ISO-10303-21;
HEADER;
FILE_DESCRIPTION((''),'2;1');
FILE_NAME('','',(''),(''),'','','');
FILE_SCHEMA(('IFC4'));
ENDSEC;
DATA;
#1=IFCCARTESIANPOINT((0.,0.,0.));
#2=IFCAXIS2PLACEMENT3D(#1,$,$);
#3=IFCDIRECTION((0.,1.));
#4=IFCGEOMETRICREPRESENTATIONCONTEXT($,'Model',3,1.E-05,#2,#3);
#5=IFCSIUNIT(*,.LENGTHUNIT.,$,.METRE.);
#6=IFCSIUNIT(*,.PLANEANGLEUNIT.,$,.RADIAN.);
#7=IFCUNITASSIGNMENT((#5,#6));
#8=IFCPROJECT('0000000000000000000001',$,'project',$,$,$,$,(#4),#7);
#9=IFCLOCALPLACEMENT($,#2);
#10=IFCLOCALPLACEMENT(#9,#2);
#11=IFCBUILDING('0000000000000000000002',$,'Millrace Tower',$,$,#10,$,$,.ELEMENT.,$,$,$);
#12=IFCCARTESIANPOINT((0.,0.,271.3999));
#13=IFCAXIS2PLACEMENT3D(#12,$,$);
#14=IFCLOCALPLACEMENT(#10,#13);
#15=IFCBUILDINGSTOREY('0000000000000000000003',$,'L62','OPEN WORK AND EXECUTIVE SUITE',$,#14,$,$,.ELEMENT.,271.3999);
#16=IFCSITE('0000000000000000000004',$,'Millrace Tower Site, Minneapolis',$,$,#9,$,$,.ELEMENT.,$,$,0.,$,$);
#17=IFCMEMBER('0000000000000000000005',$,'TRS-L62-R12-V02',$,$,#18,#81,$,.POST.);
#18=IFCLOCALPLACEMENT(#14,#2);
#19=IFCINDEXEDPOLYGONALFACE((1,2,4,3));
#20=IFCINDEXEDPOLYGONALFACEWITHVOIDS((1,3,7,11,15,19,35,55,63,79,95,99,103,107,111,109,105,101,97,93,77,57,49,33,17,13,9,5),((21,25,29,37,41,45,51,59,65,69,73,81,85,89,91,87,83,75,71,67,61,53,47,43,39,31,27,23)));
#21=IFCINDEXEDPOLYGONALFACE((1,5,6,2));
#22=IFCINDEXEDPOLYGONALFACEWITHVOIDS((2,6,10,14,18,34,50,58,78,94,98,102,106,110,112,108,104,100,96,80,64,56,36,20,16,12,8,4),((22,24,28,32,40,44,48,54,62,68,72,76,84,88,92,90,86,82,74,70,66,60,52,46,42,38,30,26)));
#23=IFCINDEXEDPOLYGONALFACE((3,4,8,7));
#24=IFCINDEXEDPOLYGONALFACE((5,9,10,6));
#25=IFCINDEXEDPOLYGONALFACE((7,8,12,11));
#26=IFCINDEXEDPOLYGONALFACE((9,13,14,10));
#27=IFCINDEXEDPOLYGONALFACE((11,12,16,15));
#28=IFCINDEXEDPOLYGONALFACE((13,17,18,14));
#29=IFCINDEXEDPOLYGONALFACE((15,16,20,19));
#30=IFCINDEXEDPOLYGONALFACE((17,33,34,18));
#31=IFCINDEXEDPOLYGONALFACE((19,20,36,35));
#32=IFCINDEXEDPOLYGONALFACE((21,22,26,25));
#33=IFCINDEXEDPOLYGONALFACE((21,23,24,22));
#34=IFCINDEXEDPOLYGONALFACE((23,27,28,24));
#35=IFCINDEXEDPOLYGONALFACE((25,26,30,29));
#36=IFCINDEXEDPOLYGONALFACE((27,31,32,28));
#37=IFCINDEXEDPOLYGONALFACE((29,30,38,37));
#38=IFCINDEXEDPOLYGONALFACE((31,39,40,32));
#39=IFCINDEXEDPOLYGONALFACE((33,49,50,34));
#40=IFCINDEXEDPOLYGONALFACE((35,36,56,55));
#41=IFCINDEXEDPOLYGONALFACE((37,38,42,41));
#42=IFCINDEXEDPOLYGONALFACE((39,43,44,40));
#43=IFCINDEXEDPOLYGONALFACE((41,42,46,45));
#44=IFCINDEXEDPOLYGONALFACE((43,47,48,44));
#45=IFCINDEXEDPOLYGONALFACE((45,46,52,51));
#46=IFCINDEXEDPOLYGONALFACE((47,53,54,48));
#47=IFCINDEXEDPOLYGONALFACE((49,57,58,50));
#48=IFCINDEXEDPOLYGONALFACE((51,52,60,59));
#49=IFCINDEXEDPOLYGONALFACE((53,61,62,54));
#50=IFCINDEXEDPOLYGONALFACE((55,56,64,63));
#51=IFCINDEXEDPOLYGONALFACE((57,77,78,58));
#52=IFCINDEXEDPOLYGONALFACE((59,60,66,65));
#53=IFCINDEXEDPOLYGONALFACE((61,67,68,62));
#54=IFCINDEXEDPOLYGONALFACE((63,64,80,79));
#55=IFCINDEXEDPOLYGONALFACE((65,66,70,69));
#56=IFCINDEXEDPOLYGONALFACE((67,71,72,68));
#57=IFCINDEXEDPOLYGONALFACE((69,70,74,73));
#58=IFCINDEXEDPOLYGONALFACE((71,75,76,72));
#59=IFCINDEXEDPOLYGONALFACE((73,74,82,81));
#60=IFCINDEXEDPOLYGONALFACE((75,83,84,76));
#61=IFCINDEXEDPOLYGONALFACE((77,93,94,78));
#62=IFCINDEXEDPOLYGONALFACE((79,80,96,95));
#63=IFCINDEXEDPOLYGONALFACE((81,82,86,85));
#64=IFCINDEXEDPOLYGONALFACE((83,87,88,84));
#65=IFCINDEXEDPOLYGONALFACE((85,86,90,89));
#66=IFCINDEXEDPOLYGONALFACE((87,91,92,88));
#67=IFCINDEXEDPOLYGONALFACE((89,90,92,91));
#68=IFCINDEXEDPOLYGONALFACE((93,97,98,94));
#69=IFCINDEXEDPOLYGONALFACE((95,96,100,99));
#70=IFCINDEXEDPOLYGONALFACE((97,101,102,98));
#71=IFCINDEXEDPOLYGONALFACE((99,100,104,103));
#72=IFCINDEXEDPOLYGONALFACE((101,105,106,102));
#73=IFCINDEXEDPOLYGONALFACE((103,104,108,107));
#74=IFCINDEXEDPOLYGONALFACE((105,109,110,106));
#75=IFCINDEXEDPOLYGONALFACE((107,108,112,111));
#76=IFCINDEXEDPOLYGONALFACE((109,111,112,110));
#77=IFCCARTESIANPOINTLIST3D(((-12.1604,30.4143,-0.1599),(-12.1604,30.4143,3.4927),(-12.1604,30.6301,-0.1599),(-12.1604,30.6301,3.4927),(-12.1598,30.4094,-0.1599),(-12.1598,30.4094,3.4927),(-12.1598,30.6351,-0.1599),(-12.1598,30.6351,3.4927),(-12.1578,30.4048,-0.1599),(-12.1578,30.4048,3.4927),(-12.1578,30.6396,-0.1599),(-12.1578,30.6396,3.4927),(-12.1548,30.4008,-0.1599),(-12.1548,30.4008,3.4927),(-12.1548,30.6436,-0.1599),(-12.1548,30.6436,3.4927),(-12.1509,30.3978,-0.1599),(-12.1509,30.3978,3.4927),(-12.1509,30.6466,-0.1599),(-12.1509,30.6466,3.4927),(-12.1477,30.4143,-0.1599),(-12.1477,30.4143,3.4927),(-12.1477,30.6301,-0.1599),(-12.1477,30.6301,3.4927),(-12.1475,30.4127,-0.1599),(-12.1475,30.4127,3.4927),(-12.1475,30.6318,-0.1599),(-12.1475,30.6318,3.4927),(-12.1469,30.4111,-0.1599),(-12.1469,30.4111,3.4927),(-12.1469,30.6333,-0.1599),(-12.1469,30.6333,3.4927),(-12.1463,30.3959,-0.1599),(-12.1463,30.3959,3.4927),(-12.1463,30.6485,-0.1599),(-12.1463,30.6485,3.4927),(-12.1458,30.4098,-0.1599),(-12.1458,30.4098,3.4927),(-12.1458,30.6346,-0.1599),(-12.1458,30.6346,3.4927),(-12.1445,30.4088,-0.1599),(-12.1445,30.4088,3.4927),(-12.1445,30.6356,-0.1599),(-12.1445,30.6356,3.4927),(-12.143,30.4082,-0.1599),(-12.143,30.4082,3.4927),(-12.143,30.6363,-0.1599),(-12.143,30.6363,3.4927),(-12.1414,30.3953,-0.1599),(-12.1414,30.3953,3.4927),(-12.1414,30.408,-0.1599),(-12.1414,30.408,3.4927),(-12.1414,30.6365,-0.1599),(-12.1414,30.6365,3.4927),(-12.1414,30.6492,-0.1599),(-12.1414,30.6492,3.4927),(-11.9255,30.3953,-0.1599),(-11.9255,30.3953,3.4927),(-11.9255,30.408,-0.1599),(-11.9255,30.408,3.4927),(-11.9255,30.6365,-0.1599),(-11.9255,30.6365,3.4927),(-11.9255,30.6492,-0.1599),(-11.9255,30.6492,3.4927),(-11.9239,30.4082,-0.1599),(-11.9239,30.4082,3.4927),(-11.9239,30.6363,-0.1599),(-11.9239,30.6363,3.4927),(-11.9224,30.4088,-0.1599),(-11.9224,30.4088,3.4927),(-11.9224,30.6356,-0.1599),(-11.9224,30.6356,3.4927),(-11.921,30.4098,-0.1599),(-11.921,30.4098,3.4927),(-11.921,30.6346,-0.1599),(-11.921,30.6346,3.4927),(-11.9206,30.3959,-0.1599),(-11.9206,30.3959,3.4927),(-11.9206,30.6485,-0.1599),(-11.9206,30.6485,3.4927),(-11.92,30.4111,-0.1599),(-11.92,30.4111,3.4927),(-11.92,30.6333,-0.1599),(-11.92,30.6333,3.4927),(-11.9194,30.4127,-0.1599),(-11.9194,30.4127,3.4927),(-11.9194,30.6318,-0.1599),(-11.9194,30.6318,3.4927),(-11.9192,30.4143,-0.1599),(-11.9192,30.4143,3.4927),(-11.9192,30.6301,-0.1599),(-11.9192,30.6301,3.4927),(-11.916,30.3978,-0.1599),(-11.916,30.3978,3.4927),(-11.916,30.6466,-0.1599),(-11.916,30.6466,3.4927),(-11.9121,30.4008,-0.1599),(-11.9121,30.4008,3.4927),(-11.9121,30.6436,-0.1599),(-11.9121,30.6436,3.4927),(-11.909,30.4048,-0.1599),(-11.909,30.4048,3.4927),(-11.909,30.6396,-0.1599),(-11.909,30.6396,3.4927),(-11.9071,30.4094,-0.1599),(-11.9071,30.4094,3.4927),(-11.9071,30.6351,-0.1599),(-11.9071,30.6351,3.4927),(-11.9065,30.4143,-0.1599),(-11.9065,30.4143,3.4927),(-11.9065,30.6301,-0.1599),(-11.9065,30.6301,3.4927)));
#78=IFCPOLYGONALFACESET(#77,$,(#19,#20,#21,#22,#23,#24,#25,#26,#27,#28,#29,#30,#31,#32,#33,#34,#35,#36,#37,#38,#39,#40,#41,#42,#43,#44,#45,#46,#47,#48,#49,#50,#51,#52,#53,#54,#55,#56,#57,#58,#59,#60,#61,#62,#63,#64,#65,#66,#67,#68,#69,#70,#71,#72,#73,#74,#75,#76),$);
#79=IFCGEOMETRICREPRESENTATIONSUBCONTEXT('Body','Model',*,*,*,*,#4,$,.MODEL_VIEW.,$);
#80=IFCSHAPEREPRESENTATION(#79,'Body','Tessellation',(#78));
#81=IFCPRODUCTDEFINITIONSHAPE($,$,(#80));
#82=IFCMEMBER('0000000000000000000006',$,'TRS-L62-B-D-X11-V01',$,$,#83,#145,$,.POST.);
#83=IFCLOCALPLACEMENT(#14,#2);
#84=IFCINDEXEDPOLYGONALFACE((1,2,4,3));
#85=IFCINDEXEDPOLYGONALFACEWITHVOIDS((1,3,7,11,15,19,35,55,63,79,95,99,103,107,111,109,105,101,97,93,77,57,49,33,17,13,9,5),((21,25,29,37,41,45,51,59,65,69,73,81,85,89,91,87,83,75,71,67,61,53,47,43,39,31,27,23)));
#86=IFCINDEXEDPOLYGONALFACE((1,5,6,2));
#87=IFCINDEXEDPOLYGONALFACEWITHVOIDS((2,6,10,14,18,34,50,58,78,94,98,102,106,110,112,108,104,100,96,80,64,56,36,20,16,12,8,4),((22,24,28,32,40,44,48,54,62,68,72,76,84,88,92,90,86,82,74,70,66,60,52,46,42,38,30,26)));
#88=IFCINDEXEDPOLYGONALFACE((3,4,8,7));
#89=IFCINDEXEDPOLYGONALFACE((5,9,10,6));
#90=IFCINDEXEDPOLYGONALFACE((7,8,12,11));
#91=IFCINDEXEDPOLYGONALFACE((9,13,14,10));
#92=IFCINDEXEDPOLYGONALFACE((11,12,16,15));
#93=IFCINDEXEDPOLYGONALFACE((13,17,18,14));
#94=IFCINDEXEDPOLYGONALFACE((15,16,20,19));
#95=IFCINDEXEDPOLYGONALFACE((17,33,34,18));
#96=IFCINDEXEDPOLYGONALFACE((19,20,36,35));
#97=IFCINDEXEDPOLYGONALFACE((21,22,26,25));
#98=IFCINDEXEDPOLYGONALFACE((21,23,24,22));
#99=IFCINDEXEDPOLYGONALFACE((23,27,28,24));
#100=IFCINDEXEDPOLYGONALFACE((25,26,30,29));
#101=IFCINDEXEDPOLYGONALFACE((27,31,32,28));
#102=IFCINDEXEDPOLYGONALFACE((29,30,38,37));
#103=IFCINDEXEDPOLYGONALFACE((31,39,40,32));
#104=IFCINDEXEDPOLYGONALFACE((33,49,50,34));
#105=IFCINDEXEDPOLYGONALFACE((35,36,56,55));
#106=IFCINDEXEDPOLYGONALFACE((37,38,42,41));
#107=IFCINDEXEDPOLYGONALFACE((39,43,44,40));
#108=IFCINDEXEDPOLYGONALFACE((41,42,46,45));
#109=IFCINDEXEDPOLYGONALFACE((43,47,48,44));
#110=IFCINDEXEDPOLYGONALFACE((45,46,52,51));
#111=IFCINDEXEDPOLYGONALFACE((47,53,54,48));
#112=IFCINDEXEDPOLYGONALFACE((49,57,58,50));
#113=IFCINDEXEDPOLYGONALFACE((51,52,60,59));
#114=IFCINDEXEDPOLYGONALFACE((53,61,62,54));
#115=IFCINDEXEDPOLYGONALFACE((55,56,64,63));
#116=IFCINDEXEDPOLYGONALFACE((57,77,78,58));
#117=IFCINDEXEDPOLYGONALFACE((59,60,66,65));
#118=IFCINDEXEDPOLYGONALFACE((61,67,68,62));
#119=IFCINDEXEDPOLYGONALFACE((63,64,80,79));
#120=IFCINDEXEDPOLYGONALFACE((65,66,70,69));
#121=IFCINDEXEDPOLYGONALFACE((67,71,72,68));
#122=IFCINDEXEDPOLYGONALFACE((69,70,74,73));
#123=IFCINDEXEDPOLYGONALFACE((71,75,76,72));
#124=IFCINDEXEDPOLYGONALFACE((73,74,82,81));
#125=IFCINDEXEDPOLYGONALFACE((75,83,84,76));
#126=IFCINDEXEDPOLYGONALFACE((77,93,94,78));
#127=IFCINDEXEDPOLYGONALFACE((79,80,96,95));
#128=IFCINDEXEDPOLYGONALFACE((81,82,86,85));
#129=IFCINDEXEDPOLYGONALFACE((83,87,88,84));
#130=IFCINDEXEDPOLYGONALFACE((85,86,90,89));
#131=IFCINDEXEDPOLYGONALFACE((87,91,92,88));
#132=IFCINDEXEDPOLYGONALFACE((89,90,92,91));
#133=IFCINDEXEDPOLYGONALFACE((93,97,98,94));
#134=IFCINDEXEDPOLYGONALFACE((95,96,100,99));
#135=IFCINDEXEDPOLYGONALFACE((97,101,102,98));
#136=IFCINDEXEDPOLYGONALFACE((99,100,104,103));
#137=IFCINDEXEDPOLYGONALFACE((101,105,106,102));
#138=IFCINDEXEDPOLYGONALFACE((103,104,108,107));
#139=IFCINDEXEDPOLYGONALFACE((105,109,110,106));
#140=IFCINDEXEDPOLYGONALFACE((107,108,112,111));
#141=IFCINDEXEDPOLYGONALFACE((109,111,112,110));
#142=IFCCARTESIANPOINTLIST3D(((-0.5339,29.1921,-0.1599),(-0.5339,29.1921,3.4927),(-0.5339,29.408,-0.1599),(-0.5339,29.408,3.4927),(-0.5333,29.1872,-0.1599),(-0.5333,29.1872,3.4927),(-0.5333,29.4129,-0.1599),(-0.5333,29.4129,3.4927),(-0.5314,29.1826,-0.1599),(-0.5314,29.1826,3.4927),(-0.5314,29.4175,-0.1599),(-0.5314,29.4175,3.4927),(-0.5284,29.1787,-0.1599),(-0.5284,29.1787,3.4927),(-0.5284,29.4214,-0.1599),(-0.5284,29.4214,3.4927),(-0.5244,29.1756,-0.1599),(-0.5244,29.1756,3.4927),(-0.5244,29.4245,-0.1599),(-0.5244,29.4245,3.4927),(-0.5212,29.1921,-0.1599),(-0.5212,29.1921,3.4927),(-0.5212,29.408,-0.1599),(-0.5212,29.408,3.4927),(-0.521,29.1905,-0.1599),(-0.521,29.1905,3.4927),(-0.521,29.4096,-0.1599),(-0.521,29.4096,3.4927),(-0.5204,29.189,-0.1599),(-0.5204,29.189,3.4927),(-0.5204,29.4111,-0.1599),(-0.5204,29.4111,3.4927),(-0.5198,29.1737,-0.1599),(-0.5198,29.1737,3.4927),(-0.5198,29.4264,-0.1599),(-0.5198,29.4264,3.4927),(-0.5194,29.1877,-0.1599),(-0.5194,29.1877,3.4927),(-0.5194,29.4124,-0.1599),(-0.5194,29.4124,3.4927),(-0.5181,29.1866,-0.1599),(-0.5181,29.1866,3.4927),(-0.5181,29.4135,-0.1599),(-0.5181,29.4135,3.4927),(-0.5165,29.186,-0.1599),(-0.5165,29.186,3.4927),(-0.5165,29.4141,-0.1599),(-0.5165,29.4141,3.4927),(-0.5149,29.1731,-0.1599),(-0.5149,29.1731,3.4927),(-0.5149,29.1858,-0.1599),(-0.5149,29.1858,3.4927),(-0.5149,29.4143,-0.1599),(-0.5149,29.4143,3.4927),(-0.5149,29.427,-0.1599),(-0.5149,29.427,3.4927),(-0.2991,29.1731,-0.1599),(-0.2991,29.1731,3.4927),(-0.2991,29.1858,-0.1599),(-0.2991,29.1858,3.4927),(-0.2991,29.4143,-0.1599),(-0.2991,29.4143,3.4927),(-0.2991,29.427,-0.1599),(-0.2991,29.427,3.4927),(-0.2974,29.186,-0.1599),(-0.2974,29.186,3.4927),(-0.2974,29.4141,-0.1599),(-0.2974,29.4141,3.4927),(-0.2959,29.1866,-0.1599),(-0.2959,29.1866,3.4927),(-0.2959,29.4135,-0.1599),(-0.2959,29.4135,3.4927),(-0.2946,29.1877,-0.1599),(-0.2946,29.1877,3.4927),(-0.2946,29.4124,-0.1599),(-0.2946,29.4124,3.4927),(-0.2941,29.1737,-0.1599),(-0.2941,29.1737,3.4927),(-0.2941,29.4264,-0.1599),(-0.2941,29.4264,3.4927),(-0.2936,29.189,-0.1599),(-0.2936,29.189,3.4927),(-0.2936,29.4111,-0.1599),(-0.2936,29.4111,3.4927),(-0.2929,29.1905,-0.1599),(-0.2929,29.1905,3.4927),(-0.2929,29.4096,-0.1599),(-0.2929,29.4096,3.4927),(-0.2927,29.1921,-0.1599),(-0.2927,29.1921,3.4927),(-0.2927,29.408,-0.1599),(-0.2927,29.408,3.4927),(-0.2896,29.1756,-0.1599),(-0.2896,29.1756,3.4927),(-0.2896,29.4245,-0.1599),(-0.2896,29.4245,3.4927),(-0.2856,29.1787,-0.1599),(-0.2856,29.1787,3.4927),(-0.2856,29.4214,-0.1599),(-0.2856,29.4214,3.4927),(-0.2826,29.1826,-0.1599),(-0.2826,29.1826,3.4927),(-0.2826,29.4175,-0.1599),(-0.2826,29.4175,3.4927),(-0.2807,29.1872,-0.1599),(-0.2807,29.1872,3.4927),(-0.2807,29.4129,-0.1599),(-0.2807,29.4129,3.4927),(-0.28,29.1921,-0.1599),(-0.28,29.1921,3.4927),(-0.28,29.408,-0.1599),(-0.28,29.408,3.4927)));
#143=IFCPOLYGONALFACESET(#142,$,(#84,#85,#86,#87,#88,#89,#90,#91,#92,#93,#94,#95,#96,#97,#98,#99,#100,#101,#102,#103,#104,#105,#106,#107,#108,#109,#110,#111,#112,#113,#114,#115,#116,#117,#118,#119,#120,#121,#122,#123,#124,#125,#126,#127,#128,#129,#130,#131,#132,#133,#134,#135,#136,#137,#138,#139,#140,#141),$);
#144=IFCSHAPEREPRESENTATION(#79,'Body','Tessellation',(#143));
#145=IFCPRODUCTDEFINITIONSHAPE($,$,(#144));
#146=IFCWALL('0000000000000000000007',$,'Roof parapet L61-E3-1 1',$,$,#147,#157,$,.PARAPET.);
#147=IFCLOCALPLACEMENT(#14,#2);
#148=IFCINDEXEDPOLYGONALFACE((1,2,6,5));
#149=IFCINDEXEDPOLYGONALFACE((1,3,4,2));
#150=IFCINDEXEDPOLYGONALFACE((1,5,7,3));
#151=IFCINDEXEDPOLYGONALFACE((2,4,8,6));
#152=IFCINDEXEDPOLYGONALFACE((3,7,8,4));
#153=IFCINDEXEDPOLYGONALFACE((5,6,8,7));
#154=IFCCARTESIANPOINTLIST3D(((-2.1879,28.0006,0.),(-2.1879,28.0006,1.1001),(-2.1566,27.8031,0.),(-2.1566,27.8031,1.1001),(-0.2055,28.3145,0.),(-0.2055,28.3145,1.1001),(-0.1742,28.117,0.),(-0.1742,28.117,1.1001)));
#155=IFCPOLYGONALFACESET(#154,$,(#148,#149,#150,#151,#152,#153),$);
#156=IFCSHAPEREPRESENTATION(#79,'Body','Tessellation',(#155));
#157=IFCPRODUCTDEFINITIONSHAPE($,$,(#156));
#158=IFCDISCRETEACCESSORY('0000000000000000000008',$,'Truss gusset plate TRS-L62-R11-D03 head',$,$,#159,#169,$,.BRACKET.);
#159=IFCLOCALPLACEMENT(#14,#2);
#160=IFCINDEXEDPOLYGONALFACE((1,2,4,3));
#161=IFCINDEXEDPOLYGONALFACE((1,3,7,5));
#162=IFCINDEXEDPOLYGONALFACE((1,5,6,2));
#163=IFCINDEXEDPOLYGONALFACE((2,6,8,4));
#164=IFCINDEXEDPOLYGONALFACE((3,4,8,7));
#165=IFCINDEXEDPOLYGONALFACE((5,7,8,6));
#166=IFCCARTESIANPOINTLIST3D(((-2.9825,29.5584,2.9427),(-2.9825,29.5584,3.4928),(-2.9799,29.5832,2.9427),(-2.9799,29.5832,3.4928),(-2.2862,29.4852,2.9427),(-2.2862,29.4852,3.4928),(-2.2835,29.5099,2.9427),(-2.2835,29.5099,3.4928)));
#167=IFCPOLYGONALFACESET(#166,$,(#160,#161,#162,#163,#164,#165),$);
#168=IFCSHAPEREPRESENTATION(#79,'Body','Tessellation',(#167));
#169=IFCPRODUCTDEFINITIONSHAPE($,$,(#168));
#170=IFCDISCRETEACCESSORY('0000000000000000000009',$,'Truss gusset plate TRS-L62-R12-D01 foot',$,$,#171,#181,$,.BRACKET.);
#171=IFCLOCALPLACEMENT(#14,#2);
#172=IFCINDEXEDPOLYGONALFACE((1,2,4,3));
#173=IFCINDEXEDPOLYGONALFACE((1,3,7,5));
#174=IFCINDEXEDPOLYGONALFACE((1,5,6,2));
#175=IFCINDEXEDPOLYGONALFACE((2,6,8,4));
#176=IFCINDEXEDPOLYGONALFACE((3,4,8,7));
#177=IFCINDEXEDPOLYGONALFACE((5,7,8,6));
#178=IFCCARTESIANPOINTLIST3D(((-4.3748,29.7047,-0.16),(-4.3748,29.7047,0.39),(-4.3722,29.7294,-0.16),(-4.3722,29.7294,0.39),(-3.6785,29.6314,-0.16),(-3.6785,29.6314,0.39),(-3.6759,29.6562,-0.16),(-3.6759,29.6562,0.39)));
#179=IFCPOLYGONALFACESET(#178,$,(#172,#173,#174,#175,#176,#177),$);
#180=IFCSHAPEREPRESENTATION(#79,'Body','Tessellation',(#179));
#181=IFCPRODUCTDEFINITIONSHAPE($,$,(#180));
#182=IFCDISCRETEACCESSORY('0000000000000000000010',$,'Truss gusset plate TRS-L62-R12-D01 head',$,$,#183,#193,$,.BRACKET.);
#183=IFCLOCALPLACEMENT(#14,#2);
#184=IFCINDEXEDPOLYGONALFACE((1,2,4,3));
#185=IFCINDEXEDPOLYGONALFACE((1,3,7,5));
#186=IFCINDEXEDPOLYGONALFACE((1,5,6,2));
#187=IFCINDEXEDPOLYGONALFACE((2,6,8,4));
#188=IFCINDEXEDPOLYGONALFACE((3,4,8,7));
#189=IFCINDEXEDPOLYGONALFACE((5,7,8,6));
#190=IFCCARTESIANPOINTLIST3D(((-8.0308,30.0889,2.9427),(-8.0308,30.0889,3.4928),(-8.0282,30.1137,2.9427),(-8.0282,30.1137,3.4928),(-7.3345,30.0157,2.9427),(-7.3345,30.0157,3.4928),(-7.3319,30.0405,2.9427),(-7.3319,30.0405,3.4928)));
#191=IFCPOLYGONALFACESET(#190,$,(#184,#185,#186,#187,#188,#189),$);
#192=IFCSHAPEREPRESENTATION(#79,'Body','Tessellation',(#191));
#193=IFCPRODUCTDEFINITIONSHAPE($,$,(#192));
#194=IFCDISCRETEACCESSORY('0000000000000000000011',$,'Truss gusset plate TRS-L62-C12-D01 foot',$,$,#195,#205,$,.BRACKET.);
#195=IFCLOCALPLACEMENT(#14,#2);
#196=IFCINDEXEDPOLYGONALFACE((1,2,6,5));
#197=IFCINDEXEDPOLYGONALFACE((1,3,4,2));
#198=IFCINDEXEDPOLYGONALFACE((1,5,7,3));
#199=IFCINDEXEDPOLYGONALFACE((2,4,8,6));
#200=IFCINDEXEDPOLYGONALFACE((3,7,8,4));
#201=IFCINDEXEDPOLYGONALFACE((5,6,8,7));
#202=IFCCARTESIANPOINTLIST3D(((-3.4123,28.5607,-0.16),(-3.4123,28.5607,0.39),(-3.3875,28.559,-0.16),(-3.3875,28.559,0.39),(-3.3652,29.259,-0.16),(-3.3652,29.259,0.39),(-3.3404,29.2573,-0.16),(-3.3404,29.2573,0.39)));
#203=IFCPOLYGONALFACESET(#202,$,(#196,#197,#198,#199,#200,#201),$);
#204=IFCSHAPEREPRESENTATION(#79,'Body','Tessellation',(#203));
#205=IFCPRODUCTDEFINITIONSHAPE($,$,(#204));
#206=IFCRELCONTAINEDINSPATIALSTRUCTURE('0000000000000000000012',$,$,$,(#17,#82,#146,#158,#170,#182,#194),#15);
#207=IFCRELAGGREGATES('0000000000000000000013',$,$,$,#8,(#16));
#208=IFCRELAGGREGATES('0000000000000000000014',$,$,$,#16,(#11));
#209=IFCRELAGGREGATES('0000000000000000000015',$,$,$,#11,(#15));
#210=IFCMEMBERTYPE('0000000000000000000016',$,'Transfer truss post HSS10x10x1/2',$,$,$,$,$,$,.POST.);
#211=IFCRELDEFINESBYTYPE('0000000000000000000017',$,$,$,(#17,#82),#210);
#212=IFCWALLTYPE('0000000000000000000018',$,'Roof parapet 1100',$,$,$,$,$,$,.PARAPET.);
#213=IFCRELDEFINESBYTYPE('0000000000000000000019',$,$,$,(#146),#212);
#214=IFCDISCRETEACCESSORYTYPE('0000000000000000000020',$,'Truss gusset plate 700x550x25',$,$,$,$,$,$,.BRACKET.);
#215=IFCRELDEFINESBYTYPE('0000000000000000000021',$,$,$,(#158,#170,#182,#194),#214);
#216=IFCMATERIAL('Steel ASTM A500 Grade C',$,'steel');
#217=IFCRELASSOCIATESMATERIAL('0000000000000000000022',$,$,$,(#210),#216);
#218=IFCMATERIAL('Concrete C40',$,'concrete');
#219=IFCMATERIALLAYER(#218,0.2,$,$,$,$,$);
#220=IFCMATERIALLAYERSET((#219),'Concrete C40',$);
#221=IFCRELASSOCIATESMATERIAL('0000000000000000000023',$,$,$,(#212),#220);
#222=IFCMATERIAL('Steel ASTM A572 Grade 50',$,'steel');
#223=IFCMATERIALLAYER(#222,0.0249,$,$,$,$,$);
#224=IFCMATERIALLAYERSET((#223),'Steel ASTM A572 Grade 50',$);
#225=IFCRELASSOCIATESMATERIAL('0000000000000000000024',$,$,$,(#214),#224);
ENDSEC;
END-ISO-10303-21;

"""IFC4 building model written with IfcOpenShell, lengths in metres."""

from ifc_helpers import new_model, si_unit, direction, frame, frame_2d, origin, origin_2d, place, context, subcontext, project, spatial, rectangle, hollow_rectangle, extrude, material, layer, layer_set, material_profile, profile_set, type_object, element, save


model = new_model("IFC4")

# Units and contexts
model_context = context("Model", 3, precision=1e-05, world=origin(), true_north=direction((0.0, 1.0)))
body_context = subcontext(model_context, "Body", "Model", "MODEL_VIEW")
ifc_project = project(units=[si_unit("LENGTHUNIT", "METRE"), si_unit("PLANEANGLEUNIT", "RADIAN")], contexts=[model_context])

# Site, building, storey
site_placement = place(None, origin())
site = spatial("IfcSite", under=ifc_project, at=site_placement, Name="Millrace Tower Site, Minneapolis", CompositionType="ELEMENT", RefElevation=0.0)
building_placement = place(site_placement, origin())
building = spatial("IfcBuilding", under=site, at=building_placement, Name="Millrace Tower", CompositionType="ELEMENT")
storey_placement = place(building_placement, frame((0.0, 0.0, 271.3999)))
storey = spatial("IfcBuildingStorey", under=building, at=storey_placement, Name="L62", Description="OPEN WORK AND EXECUTIVE SUITE", CompositionType="ELEMENT", Elevation=271.3999)

# Members
ifc_material_1 = material(Name="Steel ASTM A500 Grade C", Category="steel")
ifc_material_profile_1 = material_profile(ifc_material_1, hollow_rectangle(XDim=0.2539, YDim=0.2539, WallThickness=0.0127, InnerFilletRadius=0.0063, OuterFilletRadius=0.019, at=origin_2d()))
ifc_profile_set_1 = profile_set([ifc_material_profile_1], Name="Steel ASTM A500 Grade C")
member_type_1 = type_object("IfcMemberType", Name="Transfer truss post HSS10x10x1/2", PredefinedType="POST", material=ifc_profile_set_1)
for number, where, z_axis, x_axis, name in (
    (1, (-12.0334, 30.5222, -0.1599), (0.0, 0.0, 1.0), (1.0, 0.0, 0.0), "TRS-L62-R12-V02"),
    (2, (-0.407, 29.3, -0.1599), (0.0, 0.0, 1.0), (1.0, 0.0, 0.0), "TRS-L62-B-D-X11-V01"),
):
    element("IfcMember", number, at=place(storey_placement, frame(where, z_axis=z_axis, x_axis=x_axis)), inside=storey, type_object=member_type_1, Name=name, PredefinedType="POST", context=body_context, shape_type="SweptSolid", body=[
        extrude(hollow_rectangle(XDim=0.2539, YDim=0.2539, WallThickness=0.0127, InnerFilletRadius=0.0063, OuterFilletRadius=0.019, at=origin_2d()), origin(), (0.0, 0.0, 1.0), 3.6526),
    ])

# Wall
ifc_material_2 = material(Name="Concrete C40", Category="concrete")
ifc_layer_1 = layer(ifc_material_2, 0.2)
ifc_layer_set_1 = layer_set([ifc_layer_1], Name="Concrete C40")
wall_type = type_object("IfcWallType", Name="Roof parapet 1100", PredefinedType="PARAPET", material=ifc_layer_set_1)
wall_placement = place(storey_placement, frame((-2.1721, 27.9019, 0.0), z_axis=(0.0, 0.0, 1.0), x_axis=(0.98769, 0.156425, 0.0)))
element("IfcWall", 3, at=wall_placement, inside=storey, type_object=wall_type, Name="Roof parapet L61-E3-1 1", PredefinedType="PARAPET", context=body_context, shape_type="SweptSolid", body=[
    extrude(rectangle(XDim=2.0071, YDim=0.2, at=frame_2d((1.0034, 0.0))), origin(), (0.0, 0.0, 1.0), 1.1001),
])

# Discrete accessories
ifc_material_3 = material(Name="Steel ASTM A572 Grade 50", Category="steel")
ifc_layer_2 = layer(ifc_material_3, 0.0249)
ifc_layer_set_2 = layer_set([ifc_layer_2], Name="Steel ASTM A572 Grade 50")
discrete_accessory_type = type_object("IfcDiscreteAccessoryType", Name="Truss gusset plate 700x550x25", PredefinedType="BRACKET", material=ifc_layer_set_2)
for number, where, z_axis, x_axis, name in (
    (4, (-2.9812, 29.5708, 3.2178), (0.994513, -0.104612, 0.0), (0.104612, 0.994513, 0.0), "Truss gusset plate TRS-L62-R11-D03 head"),
    (5, (-4.3735, 29.717, 0.115), (0.994513, -0.104612, 0.0), (0.104612, 0.994513, 0.0), "Truss gusset plate TRS-L62-R12-D01 foot"),
    (6, (-8.0295, 30.1013, 3.2178), (0.994513, -0.104612, 0.0), (0.104612, 0.994513, 0.0), "Truss gusset plate TRS-L62-R12-D01 head"),
):
    element("IfcDiscreteAccessory", number, at=place(storey_placement, frame(where, z_axis=z_axis, x_axis=x_axis)), inside=storey, type_object=discrete_accessory_type, Name=name, PredefinedType="BRACKET", context=body_context, shape_type="SweptSolid", body=[
        extrude(rectangle(XDim=0.0249, YDim=0.55, at=origin_2d()), origin(), (0.0, 0.0, 1.0), 0.7002),
    ])
for number, where, z_axis, x_axis, name in (
    (7, (-3.3999, 28.5598, 0.115), (0.067329, 0.997731, 0.0), (-0.997731, 0.067329, 0.0), "Truss gusset plate TRS-L62-C12-D01 foot"),
):
    element("IfcDiscreteAccessory", number, at=place(storey_placement, frame(where, z_axis=z_axis, x_axis=x_axis)), inside=storey, type_object=discrete_accessory_type, Name=name, PredefinedType="BRACKET", context=body_context, shape_type="SweptSolid", body=[
        extrude(rectangle(XDim=0.0249, YDim=0.55, at=origin_2d()), origin(), (0.0, 0.0, 1.0), 0.7),
    ])

save(model, "model.ifc")
